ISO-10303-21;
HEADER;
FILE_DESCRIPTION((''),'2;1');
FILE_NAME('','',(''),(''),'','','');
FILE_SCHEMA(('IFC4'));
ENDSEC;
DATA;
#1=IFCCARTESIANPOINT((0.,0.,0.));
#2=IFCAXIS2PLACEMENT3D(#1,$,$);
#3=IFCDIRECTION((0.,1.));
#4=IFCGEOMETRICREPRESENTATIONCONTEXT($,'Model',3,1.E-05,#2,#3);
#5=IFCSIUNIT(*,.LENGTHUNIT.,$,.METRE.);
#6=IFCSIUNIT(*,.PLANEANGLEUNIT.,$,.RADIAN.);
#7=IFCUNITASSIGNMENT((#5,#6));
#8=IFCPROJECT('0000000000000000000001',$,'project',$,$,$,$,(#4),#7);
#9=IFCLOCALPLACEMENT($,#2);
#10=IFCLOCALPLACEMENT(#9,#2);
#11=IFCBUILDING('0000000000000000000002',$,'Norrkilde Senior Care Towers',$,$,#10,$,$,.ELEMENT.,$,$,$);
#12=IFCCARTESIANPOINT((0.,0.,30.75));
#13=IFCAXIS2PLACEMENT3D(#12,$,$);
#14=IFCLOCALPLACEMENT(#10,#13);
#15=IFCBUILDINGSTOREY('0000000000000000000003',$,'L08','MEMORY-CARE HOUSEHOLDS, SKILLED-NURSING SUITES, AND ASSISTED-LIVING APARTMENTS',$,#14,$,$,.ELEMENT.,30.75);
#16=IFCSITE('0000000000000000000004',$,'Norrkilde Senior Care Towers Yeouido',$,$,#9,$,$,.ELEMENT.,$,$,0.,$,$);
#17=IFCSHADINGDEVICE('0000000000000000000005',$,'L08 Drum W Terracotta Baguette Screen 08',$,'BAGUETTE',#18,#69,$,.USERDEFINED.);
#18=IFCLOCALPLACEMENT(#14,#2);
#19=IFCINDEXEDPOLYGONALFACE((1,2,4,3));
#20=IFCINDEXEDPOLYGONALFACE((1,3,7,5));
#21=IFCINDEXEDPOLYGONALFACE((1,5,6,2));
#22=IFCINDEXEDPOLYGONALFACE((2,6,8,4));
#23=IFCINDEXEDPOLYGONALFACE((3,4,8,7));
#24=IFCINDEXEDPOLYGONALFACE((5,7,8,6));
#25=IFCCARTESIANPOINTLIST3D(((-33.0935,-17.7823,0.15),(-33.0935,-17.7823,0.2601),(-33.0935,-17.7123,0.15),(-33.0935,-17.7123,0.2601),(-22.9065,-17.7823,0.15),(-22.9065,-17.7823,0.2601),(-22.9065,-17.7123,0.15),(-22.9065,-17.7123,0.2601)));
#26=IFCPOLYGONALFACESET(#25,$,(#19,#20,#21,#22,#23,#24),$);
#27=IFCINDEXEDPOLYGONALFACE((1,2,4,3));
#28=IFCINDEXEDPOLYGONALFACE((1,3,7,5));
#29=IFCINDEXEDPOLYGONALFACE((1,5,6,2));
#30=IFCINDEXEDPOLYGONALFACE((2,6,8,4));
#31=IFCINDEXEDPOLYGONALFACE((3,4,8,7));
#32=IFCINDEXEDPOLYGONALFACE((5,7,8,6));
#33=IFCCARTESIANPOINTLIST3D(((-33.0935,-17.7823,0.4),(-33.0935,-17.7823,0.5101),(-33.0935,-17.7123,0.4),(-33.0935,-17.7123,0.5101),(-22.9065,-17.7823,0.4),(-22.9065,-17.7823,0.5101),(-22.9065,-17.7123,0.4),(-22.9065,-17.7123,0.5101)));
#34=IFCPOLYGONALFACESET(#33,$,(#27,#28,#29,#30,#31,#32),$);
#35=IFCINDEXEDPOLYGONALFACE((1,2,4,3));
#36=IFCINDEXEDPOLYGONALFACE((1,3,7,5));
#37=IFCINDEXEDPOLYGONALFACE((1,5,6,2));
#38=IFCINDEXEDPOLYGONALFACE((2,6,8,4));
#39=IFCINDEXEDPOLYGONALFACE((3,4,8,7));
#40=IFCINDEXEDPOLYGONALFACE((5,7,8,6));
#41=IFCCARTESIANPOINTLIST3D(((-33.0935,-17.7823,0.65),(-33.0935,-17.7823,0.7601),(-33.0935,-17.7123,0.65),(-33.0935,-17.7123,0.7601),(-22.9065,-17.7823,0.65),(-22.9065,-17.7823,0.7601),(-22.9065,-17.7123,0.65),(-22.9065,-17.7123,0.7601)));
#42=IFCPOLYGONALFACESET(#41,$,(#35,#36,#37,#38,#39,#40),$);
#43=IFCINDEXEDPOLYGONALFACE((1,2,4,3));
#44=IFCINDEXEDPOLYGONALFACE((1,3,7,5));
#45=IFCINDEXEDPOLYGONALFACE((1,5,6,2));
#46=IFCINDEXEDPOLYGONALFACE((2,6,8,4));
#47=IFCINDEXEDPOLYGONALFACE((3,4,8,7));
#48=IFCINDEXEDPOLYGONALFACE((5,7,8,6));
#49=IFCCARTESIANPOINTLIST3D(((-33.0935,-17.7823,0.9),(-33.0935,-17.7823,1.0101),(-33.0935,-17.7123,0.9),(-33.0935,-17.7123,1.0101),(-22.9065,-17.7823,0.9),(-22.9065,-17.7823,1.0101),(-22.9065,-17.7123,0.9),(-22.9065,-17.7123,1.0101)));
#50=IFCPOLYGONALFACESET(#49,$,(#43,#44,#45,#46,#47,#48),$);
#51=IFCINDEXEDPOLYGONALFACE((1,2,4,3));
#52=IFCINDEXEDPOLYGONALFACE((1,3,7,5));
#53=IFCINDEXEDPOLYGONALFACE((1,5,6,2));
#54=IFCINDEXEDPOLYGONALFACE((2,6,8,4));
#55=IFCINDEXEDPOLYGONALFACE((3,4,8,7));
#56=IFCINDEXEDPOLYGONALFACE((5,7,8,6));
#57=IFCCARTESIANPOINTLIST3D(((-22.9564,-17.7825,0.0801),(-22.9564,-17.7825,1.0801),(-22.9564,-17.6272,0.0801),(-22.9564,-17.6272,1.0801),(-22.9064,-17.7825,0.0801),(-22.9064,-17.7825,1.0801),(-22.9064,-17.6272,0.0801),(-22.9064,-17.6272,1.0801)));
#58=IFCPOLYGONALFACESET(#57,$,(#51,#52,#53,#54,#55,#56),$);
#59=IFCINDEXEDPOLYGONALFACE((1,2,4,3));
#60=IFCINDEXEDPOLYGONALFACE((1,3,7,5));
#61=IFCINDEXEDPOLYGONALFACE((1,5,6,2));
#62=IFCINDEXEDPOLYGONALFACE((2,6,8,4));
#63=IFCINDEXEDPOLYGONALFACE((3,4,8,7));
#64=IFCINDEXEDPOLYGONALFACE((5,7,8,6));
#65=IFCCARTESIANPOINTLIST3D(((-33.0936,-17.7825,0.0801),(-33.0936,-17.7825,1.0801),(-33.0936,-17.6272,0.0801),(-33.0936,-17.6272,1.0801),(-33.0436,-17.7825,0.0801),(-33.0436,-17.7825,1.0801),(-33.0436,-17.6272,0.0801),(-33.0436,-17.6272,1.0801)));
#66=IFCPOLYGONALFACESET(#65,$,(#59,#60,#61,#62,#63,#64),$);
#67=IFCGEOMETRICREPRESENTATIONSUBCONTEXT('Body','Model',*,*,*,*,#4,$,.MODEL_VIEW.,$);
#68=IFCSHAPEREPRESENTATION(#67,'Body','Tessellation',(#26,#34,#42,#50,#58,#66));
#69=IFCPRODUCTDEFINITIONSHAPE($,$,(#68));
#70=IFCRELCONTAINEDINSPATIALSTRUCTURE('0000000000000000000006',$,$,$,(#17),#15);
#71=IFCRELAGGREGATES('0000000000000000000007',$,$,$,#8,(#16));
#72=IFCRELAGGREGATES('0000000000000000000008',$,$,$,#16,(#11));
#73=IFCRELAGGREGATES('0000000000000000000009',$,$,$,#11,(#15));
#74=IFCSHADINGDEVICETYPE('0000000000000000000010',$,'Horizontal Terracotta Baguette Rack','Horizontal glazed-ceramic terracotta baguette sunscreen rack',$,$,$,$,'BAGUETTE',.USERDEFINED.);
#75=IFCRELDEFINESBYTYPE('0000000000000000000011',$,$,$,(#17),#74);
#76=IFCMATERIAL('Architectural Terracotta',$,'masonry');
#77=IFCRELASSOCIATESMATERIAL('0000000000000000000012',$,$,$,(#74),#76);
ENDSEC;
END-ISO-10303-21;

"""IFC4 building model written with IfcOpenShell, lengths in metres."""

from ifc_helpers import new_model, si_unit, direction, frame, origin, origin_2d, place, context, subcontext, project, spatial, rectangle, extrude, source, transform, mapped, material, type_object, type_shapes, element, save


model = new_model("IFC4")

# Units and contexts
model_context = context("Model", 3, precision=1e-05, world=origin(), true_north=direction((0.0, 1.0)))
body_context = subcontext(model_context, "Body", "Model", "MODEL_VIEW")
ifc_project = project(units=[si_unit("LENGTHUNIT", "METRE"), si_unit("PLANEANGLEUNIT", "RADIAN")], contexts=[model_context])

# Site, building, storey
site_placement = place(None, origin())
site = spatial("IfcSite", under=ifc_project, at=site_placement, Name="Norrkilde Senior Care Towers Yeouido", CompositionType="ELEMENT", RefElevation=0.0)
building_placement = place(site_placement, origin())
building = spatial("IfcBuilding", under=site, at=building_placement, Name="Norrkilde Senior Care Towers", CompositionType="ELEMENT")
storey_placement = place(building_placement, frame((0.0, 0.0, 30.75)))
storey = spatial("IfcBuildingStorey", under=building, at=storey_placement, Name="L08", Description="MEMORY-CARE HOUSEHOLDS, SKILLED-NURSING SUITES, AND ASSISTED-LIVING APARTMENTS", CompositionType="ELEMENT", Elevation=30.75)

# Shading device
ifc_material_1 = material(Name="Architectural Terracotta", Category="masonry")
shading_device_type = type_object("IfcShadingDeviceType", Name="Horizontal Terracotta Baguette Rack", Description="Horizontal glazed-ceramic terracotta baguette sunscreen rack", ElementType="BAGUETTE", PredefinedType="USERDEFINED", material=ifc_material_1)
shared_shape_1 = source(origin(), body_context, "Body", "SweptSolid", [
    extrude(rectangle(XDim=0.0701, YDim=0.1101, at=origin_2d()), frame((0.0, 0.0901, 0.125), z_axis=(1.0, 0.0, 0.0), x_axis=(0.0, 1.0, 0.0)), (0.0, 0.0, 1.0), 10.187),
    extrude(rectangle(XDim=0.0701, YDim=0.1101, at=origin_2d()), frame((0.0, 0.0901, 0.375), z_axis=(1.0, 0.0, 0.0), x_axis=(0.0, 1.0, 0.0)), (0.0, 0.0, 1.0), 10.187),
    extrude(rectangle(XDim=0.0701, YDim=0.1101, at=origin_2d()), frame((0.0, 0.0901, 0.625), z_axis=(1.0, 0.0, 0.0), x_axis=(0.0, 1.0, 0.0)), (0.0, 0.0, 1.0), 10.187),
    extrude(rectangle(XDim=0.0701, YDim=0.1101, at=origin_2d()), frame((0.0, 0.0901, 0.875), z_axis=(1.0, 0.0, 0.0), x_axis=(0.0, 1.0, 0.0)), (0.0, 0.0, 1.0), 10.187),
    extrude(rectangle(XDim=0.05, YDim=0.1553, at=origin_2d()), frame((0.0249, 0.0476, 0.0)), (0.0, 0.0, 1.0), 1.0),
    extrude(rectangle(XDim=0.05, YDim=0.1553, at=origin_2d()), frame((10.1621, 0.0476, 0.0)), (0.0, 0.0, 1.0), 1.0),
])
type_shapes(shading_device_type, [shared_shape_1])
shading_device_placement = place(storey_placement, frame((-22.9065, -17.6572, 0.0801), z_axis=(0.0, 0.0, 1.0), x_axis=(-1.0, 0.0, 0.0)))
element("IfcShadingDevice", 1, at=shading_device_placement, inside=storey, type_object=shading_device_type, Name="L08 Drum W Terracotta Baguette Screen 08", ObjectType="BAGUETTE", PredefinedType="USERDEFINED", context=body_context, shape_type="MappedRepresentation", body=[
    mapped(shared_shape_1, transform((0.0, 0.0, 0.0), x_axis=(1.0, 0.0, 0.0), y_axis=(0.0, 1.0, 0.0), z_axis=(0.0, 0.0, 1.0), scale=1.0)),
])

save(model, "model.ifc")
